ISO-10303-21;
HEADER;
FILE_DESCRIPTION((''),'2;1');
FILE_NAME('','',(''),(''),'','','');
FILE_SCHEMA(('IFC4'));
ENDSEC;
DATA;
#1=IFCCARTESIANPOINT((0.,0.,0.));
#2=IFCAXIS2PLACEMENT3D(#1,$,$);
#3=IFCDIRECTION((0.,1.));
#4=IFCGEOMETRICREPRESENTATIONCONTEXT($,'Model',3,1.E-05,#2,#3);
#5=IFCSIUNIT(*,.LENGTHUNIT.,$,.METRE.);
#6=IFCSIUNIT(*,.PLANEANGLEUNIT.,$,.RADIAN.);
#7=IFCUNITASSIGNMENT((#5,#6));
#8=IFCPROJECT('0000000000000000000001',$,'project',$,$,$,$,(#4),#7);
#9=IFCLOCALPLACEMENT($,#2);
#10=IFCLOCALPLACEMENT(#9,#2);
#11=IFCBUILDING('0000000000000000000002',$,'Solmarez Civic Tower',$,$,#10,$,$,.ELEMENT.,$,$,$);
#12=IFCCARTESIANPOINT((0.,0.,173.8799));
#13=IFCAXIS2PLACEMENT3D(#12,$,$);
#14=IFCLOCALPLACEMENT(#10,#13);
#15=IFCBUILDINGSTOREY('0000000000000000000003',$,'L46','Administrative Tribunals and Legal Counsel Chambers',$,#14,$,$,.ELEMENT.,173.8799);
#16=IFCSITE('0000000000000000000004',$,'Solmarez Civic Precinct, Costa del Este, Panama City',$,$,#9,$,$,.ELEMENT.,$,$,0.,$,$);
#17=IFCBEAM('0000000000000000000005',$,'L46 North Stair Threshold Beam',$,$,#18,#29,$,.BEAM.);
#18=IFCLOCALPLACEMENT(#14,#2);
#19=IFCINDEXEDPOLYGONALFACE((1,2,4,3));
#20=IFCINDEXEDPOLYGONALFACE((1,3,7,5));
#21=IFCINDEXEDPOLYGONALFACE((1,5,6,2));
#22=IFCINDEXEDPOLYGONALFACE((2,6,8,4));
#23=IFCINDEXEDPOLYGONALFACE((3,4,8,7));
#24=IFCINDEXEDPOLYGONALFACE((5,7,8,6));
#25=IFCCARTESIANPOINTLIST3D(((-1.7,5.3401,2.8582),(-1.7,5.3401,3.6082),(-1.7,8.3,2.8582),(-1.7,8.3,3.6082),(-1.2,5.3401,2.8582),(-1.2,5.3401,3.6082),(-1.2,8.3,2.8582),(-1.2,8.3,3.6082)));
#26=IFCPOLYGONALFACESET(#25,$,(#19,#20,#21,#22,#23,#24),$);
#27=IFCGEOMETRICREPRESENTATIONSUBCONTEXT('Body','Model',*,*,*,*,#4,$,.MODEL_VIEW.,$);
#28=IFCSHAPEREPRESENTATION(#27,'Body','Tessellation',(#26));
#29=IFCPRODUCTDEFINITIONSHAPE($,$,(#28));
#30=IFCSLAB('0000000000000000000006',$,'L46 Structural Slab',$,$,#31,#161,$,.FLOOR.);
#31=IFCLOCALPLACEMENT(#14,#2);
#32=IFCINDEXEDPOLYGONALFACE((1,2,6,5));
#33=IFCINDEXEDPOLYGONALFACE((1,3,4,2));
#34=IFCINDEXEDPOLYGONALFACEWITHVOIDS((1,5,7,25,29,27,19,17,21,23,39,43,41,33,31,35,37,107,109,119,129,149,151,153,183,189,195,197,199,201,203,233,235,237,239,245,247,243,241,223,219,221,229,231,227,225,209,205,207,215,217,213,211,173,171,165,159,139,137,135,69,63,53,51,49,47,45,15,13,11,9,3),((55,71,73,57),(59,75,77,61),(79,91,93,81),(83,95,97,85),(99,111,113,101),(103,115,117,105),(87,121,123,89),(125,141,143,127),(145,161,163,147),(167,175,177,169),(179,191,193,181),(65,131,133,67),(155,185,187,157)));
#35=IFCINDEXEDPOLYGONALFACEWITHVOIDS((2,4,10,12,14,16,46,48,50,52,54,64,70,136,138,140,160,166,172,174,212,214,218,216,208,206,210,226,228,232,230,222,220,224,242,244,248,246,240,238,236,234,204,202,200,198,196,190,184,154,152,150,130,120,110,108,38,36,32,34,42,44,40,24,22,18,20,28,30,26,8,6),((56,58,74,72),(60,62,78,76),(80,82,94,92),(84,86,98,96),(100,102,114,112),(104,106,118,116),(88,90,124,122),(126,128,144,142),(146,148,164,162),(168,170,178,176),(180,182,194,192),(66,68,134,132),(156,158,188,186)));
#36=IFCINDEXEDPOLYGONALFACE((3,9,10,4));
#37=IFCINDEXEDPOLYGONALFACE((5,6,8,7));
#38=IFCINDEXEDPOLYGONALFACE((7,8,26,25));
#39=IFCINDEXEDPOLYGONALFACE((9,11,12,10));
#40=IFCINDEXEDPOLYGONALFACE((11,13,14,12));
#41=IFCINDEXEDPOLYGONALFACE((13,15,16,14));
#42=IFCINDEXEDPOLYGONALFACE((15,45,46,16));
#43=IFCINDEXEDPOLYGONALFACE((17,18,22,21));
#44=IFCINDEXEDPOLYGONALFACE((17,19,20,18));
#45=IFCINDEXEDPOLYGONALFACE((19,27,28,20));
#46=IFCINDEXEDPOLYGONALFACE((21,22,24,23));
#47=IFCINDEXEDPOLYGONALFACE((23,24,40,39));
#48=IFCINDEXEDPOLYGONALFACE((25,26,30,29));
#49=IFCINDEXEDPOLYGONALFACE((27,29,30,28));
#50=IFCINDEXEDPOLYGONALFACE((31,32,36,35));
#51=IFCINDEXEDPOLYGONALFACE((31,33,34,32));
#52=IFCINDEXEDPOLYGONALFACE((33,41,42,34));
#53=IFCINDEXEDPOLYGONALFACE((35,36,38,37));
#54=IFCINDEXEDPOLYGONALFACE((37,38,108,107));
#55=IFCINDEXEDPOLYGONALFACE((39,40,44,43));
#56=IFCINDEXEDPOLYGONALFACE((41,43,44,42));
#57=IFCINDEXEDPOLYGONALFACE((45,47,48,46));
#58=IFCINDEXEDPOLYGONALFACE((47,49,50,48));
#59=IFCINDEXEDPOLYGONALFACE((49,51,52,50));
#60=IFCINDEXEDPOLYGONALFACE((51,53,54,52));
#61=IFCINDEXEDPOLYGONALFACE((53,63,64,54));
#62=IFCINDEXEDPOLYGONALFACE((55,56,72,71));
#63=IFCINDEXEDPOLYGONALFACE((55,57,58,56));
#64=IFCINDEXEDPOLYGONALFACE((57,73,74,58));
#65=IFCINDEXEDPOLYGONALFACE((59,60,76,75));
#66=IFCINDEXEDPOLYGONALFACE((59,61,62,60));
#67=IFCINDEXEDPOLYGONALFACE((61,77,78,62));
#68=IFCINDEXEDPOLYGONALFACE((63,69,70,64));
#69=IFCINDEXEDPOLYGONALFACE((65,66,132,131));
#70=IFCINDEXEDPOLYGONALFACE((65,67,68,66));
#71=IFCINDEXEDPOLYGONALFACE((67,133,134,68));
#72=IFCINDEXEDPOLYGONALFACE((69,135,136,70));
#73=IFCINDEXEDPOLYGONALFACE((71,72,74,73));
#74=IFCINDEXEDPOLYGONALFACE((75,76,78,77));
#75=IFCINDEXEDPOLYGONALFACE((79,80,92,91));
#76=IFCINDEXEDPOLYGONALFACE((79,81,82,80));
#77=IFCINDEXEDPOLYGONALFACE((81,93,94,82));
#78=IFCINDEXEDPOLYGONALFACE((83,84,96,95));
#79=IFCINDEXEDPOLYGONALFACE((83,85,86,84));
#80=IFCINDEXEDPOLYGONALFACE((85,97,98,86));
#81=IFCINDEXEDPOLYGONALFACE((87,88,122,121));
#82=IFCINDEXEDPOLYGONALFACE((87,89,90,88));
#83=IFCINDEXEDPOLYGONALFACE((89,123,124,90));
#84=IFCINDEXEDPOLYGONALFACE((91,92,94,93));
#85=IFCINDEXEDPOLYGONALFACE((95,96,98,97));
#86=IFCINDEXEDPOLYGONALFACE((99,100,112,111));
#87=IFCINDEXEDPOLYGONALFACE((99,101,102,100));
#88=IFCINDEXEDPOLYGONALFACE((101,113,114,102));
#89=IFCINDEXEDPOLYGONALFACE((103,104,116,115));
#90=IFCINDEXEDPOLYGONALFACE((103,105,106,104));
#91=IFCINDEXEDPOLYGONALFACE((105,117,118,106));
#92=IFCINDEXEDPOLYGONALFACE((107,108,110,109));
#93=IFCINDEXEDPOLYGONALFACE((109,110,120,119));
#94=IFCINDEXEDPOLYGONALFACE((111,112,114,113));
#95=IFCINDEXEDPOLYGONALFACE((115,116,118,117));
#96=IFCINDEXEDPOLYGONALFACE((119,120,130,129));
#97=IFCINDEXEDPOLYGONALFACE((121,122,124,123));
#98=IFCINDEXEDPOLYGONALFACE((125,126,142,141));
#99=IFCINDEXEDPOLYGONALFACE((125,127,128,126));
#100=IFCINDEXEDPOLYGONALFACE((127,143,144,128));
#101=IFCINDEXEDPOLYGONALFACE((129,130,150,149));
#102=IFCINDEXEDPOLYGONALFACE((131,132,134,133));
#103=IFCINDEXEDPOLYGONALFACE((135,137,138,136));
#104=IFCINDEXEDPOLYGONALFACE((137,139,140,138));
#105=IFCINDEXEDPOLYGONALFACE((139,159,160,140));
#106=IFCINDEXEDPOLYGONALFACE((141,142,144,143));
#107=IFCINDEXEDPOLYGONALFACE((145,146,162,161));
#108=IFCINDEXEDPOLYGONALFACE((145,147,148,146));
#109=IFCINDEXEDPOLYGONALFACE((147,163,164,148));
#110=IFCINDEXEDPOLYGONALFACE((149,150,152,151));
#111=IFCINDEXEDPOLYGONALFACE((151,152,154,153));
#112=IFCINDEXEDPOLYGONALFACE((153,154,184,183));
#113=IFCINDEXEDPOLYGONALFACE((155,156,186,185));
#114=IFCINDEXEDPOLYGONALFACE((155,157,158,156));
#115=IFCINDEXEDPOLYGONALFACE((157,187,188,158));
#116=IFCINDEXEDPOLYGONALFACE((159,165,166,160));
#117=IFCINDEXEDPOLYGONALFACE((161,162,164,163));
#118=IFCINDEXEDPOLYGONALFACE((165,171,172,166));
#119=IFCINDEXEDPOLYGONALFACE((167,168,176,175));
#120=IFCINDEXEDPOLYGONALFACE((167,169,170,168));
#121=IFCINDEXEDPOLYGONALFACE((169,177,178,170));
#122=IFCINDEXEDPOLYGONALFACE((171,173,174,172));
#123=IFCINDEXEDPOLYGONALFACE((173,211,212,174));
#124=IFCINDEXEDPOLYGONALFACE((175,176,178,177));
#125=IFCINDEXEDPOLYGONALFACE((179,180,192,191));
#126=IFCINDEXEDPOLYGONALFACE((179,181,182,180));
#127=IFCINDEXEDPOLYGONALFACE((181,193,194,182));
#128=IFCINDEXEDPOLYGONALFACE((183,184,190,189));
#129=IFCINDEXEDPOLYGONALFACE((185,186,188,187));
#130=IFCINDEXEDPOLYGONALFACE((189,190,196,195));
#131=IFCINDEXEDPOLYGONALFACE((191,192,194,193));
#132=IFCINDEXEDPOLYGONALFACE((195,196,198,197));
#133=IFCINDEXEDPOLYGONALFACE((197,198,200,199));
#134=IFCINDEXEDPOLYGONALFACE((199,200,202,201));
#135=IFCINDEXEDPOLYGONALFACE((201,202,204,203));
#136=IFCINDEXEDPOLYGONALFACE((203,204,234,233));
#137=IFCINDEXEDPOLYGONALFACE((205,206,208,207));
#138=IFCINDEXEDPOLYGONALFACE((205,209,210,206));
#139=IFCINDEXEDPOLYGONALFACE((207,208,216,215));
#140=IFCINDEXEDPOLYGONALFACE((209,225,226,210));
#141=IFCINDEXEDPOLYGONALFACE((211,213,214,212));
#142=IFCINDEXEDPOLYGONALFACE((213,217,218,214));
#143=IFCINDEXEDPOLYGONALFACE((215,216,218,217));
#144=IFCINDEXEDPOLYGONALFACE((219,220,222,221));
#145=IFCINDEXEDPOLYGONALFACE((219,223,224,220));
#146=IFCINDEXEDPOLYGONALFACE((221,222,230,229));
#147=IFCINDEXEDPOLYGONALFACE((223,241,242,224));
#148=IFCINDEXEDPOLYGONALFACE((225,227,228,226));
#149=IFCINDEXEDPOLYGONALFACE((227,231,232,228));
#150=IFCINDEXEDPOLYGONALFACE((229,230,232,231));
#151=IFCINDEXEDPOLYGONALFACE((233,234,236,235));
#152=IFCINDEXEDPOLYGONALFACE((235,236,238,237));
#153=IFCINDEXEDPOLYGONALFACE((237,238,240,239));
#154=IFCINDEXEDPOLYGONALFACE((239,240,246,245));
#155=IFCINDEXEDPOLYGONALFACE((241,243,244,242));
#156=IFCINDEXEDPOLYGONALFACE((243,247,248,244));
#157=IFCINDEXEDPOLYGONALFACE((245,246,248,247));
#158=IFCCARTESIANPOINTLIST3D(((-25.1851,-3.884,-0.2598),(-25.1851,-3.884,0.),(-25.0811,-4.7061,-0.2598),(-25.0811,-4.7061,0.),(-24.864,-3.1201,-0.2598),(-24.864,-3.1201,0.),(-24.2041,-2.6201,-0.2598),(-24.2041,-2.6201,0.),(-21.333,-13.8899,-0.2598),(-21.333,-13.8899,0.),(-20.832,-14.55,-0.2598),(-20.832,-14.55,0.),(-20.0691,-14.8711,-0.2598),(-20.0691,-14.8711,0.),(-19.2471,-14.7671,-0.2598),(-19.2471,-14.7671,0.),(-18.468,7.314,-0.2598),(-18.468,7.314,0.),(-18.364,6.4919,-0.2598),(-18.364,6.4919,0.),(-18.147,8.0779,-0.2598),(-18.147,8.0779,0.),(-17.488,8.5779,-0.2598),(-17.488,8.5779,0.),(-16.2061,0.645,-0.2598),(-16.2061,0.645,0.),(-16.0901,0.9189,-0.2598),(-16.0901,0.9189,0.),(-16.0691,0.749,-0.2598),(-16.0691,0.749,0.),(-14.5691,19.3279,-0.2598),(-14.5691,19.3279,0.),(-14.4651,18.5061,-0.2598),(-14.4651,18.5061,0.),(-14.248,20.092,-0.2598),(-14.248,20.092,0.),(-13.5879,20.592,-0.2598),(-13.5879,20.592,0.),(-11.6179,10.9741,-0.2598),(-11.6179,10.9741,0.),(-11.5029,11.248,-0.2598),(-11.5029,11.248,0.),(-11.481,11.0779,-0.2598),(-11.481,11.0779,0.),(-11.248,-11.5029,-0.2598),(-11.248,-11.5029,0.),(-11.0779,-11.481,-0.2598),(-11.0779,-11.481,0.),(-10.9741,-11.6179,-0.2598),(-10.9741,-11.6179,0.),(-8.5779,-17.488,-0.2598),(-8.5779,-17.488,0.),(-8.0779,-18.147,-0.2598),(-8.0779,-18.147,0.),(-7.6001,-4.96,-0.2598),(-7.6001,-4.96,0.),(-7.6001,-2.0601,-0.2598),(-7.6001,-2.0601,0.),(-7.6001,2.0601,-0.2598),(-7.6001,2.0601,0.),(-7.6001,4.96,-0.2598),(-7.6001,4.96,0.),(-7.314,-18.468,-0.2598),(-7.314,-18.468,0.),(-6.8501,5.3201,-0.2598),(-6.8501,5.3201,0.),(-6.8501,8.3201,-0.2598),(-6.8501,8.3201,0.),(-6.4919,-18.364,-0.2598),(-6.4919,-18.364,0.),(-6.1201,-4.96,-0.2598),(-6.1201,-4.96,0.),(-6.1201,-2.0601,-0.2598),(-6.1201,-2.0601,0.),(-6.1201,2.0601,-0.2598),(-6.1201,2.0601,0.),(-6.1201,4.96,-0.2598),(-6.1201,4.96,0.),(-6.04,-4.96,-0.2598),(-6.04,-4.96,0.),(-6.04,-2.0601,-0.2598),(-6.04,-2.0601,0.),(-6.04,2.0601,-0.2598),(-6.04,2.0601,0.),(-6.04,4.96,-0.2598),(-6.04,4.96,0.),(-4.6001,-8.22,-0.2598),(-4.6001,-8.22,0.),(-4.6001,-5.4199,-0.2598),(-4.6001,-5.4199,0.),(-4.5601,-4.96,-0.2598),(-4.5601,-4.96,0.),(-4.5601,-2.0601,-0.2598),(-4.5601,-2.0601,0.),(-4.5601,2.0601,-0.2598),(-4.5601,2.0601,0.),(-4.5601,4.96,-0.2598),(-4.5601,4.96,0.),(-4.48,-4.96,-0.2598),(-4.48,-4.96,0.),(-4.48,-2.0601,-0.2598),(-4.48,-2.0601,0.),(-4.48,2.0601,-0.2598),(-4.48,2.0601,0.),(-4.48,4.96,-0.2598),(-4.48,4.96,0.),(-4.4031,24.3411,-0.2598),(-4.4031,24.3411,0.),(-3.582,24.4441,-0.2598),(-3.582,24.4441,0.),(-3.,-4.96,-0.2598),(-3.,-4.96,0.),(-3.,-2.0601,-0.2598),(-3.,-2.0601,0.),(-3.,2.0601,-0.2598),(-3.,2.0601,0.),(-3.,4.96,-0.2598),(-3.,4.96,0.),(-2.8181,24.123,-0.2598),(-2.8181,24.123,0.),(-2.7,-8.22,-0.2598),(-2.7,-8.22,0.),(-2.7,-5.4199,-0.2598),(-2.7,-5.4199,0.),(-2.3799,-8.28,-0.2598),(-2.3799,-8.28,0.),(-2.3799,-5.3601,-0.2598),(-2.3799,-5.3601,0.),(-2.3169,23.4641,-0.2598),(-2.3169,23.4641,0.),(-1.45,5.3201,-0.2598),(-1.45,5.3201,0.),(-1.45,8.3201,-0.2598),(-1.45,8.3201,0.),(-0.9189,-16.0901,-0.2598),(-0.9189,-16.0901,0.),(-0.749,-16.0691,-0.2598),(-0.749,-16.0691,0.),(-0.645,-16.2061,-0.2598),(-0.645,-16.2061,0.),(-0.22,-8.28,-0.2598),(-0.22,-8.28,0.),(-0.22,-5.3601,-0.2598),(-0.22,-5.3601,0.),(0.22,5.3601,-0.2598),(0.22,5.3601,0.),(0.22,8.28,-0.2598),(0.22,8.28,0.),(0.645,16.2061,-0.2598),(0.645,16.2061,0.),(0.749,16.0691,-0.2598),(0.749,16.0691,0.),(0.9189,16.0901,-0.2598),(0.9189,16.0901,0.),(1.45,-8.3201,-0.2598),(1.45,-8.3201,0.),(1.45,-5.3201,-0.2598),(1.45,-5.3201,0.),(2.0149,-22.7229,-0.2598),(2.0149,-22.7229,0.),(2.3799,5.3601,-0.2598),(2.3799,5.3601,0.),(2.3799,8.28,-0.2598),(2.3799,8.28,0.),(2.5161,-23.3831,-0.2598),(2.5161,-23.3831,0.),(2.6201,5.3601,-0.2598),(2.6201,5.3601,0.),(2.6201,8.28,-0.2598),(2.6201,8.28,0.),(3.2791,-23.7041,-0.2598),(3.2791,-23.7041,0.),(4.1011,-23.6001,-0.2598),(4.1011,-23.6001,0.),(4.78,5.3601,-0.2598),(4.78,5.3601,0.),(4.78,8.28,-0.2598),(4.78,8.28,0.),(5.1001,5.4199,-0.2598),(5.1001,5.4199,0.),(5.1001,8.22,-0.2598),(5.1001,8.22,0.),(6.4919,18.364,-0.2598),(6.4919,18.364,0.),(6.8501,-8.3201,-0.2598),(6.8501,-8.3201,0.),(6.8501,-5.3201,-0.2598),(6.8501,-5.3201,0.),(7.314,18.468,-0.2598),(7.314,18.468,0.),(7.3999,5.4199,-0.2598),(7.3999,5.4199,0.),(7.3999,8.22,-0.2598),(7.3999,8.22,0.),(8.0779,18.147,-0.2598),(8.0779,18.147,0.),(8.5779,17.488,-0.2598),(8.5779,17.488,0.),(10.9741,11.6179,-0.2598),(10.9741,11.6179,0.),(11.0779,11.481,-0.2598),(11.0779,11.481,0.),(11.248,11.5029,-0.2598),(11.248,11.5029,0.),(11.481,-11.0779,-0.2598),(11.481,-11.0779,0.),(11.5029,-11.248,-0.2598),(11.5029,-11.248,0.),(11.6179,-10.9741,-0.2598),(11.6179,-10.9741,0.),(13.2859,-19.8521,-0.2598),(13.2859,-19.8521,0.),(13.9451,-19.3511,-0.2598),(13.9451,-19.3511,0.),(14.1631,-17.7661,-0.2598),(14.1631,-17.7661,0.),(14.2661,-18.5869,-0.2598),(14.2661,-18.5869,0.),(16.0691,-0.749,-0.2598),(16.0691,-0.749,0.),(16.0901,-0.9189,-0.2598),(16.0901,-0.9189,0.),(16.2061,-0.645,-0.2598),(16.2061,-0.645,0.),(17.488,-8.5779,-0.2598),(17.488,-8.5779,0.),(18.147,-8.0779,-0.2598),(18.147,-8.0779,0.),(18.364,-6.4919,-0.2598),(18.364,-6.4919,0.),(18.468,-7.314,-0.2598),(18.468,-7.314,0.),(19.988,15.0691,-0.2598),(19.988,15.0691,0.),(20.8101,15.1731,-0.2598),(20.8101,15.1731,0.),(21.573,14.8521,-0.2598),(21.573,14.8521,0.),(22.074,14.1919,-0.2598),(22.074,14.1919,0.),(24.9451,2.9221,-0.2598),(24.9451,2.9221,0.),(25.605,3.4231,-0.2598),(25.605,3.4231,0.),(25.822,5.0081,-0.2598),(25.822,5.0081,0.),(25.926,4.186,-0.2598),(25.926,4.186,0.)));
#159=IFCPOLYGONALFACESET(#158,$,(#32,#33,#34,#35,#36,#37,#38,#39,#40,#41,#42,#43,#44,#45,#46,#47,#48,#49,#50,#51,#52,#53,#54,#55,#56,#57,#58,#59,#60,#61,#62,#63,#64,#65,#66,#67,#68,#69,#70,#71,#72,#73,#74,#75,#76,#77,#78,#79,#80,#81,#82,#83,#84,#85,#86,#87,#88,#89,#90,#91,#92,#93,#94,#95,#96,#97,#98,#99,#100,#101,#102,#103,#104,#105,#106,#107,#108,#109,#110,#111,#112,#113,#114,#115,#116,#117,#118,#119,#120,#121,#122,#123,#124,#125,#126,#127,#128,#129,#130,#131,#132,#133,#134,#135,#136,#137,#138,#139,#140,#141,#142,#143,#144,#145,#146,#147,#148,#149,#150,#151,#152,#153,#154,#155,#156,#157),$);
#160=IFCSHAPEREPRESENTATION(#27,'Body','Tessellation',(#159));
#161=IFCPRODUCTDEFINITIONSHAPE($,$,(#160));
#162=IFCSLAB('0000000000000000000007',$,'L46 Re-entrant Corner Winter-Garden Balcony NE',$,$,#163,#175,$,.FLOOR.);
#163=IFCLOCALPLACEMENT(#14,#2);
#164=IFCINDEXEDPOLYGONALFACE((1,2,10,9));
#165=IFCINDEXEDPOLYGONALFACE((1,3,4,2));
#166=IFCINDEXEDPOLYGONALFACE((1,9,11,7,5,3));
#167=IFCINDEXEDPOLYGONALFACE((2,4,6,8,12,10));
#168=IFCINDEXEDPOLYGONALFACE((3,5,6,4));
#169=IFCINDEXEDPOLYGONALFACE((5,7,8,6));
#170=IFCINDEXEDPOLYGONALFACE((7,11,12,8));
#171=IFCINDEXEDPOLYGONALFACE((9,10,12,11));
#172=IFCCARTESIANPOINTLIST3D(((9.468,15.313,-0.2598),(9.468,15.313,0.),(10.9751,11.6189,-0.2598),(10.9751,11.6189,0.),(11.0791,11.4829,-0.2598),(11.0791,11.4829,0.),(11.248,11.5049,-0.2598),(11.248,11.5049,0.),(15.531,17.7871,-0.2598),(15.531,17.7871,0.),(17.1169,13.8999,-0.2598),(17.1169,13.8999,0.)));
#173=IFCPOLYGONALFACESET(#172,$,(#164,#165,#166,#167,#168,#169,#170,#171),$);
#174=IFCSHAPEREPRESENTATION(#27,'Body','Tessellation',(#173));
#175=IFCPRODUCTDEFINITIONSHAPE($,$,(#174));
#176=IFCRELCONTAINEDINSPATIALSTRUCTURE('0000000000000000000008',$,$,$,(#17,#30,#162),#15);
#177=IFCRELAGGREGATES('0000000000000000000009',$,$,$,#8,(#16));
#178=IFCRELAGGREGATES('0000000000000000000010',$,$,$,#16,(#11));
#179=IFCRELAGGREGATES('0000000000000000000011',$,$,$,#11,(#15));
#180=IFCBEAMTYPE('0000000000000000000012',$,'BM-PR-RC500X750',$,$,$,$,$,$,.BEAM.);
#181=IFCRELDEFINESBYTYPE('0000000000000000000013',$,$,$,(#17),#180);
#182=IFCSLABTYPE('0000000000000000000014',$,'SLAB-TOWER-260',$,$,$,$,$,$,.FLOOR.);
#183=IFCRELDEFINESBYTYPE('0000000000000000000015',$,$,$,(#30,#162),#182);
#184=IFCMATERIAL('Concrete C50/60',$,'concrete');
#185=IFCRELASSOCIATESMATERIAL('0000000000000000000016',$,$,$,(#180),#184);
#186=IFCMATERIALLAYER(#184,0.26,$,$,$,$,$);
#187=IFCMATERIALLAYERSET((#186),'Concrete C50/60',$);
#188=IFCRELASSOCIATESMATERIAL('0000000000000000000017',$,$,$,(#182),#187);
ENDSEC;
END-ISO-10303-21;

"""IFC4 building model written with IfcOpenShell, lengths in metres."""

from ifc_helpers import new_model, si_unit, direction, frame, origin, origin_2d, place, context, subcontext, project, spatial, polyline, rectangle, outline, extrude, material, layer, layer_set, material_profile, profile_set, type_object, element, save


model = new_model("IFC4")

# Units and contexts
model_context = context("Model", 3, precision=1e-05, world=origin(), true_north=direction((0.0, 1.0)))
body_context = subcontext(model_context, "Body", "Model", "MODEL_VIEW")
ifc_project = project(units=[si_unit("LENGTHUNIT", "METRE"), si_unit("PLANEANGLEUNIT", "RADIAN")], contexts=[model_context])

# Site, building, storey
site_placement = place(None, origin())
site = spatial("IfcSite", under=ifc_project, at=site_placement, Name="Solmarez Civic Precinct, Costa del Este, Panama City", CompositionType="ELEMENT", RefElevation=0.0)
building_placement = place(site_placement, origin())
building = spatial("IfcBuilding", under=site, at=building_placement, Name="Solmarez Civic Tower", CompositionType="ELEMENT")
storey_placement = place(building_placement, frame((0.0, 0.0, 173.8799)))
storey = spatial("IfcBuildingStorey", under=building, at=storey_placement, Name="L46", Description="Administrative Tribunals and Legal Counsel Chambers", CompositionType="ELEMENT", Elevation=173.8799)

# Beam
ifc_material_1 = material(Name="Concrete C50/60", Category="concrete")
ifc_material_profile = material_profile(ifc_material_1, rectangle(XDim=0.5, YDim=0.75, at=origin_2d()), Name="RC500X750")
ifc_profile_set = profile_set([ifc_material_profile], Name="Concrete C50/60")
beam_type = type_object("IfcBeamType", Name="BM-PR-RC500X750", PredefinedType="BEAM", material=ifc_profile_set)
beam_placement = place(storey_placement, frame((-1.45, 5.3401, 3.2332), z_axis=(0.0, 1.0, 0.0), x_axis=(-1.0, 0.0, 0.0)))
element("IfcBeam", 1, at=beam_placement, inside=storey, type_object=beam_type, Name="L46 North Stair Threshold Beam", PredefinedType="BEAM", context=body_context, shape_type="SweptSolid", body=[
    extrude(rectangle(XDim=0.5, YDim=0.75, at=origin_2d()), origin(), (0.0, 0.0, 1.0), 2.96),
])

# Slabs
ifc_layer_1 = layer(ifc_material_1, 0.26)
ifc_layer_set_1 = layer_set([ifc_layer_1], Name="Concrete C50/60")
slab_type = type_object("IfcSlabType", Name="SLAB-TOWER-260", PredefinedType="FLOOR", material=ifc_layer_set_1)
slab_1_placement = place(storey_placement, frame((0.0, 0.0, -0.2598)))
element("IfcSlab", 2, at=slab_1_placement, inside=storey, type_object=slab_type, Name="L46 Structural Slab", PredefinedType="FLOOR", context=body_context, shape_type="SweptSolid", body=[
    extrude(outline(polyline([(-10.9741, -11.6179), (-8.5779, -17.488), (-8.0779, -18.147), (-7.314, -18.468), (-6.4919, -18.364), (-0.9189, -16.0901), (-0.749, -16.0691), (-0.645, -16.2061), (2.0149, -22.7229), (2.5161, -23.3831), (3.2791, -23.7041), (4.1011, -23.6001), (13.2859, -19.8521), (13.9451, -19.3511), (14.2661, -18.5869), (14.1631, -17.7661), (11.5029, -11.248), (11.481, -11.0779), (11.6179, -10.9741), (17.488, -8.5779), (18.147, -8.0779), (18.468, -7.314), (18.364, -6.4919), (16.0901, -0.9189), (16.0691, -0.749), (16.2061, -0.645), (24.9451, 2.9221), (25.605, 3.4231), (25.926, 4.186), (25.822, 5.0081), (22.074, 14.1919), (21.573, 14.8521), (20.8101, 15.1731), (19.988, 15.0691), (11.248, 11.5029), (11.0779, 11.481), (10.9741, 11.6179), (8.5779, 17.488), (8.0779, 18.147), (7.314, 18.468), (6.4919, 18.364), (0.9189, 16.0901), (0.749, 16.0691), (0.645, 16.2061), (-2.3169, 23.4641), (-2.8181, 24.123), (-3.582, 24.4441), (-4.4031, 24.3411), (-13.5879, 20.592), (-14.248, 20.092), (-14.5691, 19.3279), (-14.4651, 18.5061), (-11.5029, 11.248), (-11.481, 11.0779), (-11.6179, 10.9741), (-17.488, 8.5779), (-18.147, 8.0779), (-18.468, 7.314), (-18.364, 6.4919), (-16.0901, 0.9189), (-16.0691, 0.749), (-16.2061, 0.645), (-24.2041, -2.6201), (-24.864, -3.1201), (-25.1851, -3.884), (-25.0811, -4.7061), (-21.333, -13.8899), (-20.832, -14.55), (-20.0691, -14.8711), (-19.2471, -14.7671), (-11.248, -11.5029), (-11.0779, -11.481), (-10.9741, -11.6179)]), holes=[polyline([(-1.45, 8.3201), (-6.8501, 8.3201), (-6.8501, 5.3201), (-1.45, 5.3201), (-1.45, 8.3201)]), polyline([(1.45, -8.3201), (6.8501, -8.3201), (6.8501, -5.3201), (1.45, -5.3201), (1.45, -8.3201)]), polyline([(0.22, 5.3601), (2.3799, 5.3601), (2.3799, 8.28), (0.22, 8.28), (0.22, 5.3601)]), polyline([(2.6201, 5.3601), (4.78, 5.3601), (4.78, 8.28), (2.6201, 8.28), (2.6201, 5.3601)]), polyline([(-2.3799, -8.28), (-0.22, -8.28), (-0.22, -5.3601), (-2.3799, -5.3601), (-2.3799, -8.28)]), polyline([(-7.6001, -4.96), (-6.1201, -4.96), (-6.1201, -2.0601), (-7.6001, -2.0601), (-7.6001, -4.96)]), polyline([(-6.04, -4.96), (-4.5601, -4.96), (-4.5601, -2.0601), (-6.04, -2.0601), (-6.04, -4.96)]), polyline([(-4.48, -4.96), (-3.0, -4.96), (-3.0, -2.0601), (-4.48, -2.0601), (-4.48, -4.96)]), polyline([(-7.6001, 2.0601), (-6.1201, 2.0601), (-6.1201, 4.96), (-7.6001, 4.96), (-7.6001, 2.0601)]), polyline([(-6.04, 2.0601), (-4.5601, 2.0601), (-4.5601, 4.96), (-6.04, 4.96), (-6.04, 2.0601)]), polyline([(-4.48, 2.0601), (-3.0, 2.0601), (-3.0, 4.96), (-4.48, 4.96), (-4.48, 2.0601)]), polyline([(5.1001, 5.4199), (7.3999, 5.4199), (7.3999, 8.22), (5.1001, 8.22), (5.1001, 5.4199)]), polyline([(-4.6001, -8.22), (-2.7, -8.22), (-2.7, -5.4199), (-4.6001, -5.4199), (-4.6001, -8.22)])]), origin(), (0.0, 0.0, 1.0), 0.2598),
])
slab_2_placement = place(storey_placement, frame((0.0, 0.0, -0.2598)))
element("IfcSlab", 3, at=slab_2_placement, inside=storey, type_object=slab_type, Name="L46 Re-entrant Corner Winter-Garden Balcony NE", PredefinedType="FLOOR", context=body_context, shape_type="SweptSolid", body=[
    extrude(outline(polyline([(9.468, 15.313), (10.9751, 11.6189), (11.0791, 11.4829), (11.248, 11.5049), (17.1169, 13.8999), (15.531, 17.7871), (9.468, 15.313)])), origin(), (0.0, 0.0, 1.0), 0.2598),
])

save(model, "model.ifc")
